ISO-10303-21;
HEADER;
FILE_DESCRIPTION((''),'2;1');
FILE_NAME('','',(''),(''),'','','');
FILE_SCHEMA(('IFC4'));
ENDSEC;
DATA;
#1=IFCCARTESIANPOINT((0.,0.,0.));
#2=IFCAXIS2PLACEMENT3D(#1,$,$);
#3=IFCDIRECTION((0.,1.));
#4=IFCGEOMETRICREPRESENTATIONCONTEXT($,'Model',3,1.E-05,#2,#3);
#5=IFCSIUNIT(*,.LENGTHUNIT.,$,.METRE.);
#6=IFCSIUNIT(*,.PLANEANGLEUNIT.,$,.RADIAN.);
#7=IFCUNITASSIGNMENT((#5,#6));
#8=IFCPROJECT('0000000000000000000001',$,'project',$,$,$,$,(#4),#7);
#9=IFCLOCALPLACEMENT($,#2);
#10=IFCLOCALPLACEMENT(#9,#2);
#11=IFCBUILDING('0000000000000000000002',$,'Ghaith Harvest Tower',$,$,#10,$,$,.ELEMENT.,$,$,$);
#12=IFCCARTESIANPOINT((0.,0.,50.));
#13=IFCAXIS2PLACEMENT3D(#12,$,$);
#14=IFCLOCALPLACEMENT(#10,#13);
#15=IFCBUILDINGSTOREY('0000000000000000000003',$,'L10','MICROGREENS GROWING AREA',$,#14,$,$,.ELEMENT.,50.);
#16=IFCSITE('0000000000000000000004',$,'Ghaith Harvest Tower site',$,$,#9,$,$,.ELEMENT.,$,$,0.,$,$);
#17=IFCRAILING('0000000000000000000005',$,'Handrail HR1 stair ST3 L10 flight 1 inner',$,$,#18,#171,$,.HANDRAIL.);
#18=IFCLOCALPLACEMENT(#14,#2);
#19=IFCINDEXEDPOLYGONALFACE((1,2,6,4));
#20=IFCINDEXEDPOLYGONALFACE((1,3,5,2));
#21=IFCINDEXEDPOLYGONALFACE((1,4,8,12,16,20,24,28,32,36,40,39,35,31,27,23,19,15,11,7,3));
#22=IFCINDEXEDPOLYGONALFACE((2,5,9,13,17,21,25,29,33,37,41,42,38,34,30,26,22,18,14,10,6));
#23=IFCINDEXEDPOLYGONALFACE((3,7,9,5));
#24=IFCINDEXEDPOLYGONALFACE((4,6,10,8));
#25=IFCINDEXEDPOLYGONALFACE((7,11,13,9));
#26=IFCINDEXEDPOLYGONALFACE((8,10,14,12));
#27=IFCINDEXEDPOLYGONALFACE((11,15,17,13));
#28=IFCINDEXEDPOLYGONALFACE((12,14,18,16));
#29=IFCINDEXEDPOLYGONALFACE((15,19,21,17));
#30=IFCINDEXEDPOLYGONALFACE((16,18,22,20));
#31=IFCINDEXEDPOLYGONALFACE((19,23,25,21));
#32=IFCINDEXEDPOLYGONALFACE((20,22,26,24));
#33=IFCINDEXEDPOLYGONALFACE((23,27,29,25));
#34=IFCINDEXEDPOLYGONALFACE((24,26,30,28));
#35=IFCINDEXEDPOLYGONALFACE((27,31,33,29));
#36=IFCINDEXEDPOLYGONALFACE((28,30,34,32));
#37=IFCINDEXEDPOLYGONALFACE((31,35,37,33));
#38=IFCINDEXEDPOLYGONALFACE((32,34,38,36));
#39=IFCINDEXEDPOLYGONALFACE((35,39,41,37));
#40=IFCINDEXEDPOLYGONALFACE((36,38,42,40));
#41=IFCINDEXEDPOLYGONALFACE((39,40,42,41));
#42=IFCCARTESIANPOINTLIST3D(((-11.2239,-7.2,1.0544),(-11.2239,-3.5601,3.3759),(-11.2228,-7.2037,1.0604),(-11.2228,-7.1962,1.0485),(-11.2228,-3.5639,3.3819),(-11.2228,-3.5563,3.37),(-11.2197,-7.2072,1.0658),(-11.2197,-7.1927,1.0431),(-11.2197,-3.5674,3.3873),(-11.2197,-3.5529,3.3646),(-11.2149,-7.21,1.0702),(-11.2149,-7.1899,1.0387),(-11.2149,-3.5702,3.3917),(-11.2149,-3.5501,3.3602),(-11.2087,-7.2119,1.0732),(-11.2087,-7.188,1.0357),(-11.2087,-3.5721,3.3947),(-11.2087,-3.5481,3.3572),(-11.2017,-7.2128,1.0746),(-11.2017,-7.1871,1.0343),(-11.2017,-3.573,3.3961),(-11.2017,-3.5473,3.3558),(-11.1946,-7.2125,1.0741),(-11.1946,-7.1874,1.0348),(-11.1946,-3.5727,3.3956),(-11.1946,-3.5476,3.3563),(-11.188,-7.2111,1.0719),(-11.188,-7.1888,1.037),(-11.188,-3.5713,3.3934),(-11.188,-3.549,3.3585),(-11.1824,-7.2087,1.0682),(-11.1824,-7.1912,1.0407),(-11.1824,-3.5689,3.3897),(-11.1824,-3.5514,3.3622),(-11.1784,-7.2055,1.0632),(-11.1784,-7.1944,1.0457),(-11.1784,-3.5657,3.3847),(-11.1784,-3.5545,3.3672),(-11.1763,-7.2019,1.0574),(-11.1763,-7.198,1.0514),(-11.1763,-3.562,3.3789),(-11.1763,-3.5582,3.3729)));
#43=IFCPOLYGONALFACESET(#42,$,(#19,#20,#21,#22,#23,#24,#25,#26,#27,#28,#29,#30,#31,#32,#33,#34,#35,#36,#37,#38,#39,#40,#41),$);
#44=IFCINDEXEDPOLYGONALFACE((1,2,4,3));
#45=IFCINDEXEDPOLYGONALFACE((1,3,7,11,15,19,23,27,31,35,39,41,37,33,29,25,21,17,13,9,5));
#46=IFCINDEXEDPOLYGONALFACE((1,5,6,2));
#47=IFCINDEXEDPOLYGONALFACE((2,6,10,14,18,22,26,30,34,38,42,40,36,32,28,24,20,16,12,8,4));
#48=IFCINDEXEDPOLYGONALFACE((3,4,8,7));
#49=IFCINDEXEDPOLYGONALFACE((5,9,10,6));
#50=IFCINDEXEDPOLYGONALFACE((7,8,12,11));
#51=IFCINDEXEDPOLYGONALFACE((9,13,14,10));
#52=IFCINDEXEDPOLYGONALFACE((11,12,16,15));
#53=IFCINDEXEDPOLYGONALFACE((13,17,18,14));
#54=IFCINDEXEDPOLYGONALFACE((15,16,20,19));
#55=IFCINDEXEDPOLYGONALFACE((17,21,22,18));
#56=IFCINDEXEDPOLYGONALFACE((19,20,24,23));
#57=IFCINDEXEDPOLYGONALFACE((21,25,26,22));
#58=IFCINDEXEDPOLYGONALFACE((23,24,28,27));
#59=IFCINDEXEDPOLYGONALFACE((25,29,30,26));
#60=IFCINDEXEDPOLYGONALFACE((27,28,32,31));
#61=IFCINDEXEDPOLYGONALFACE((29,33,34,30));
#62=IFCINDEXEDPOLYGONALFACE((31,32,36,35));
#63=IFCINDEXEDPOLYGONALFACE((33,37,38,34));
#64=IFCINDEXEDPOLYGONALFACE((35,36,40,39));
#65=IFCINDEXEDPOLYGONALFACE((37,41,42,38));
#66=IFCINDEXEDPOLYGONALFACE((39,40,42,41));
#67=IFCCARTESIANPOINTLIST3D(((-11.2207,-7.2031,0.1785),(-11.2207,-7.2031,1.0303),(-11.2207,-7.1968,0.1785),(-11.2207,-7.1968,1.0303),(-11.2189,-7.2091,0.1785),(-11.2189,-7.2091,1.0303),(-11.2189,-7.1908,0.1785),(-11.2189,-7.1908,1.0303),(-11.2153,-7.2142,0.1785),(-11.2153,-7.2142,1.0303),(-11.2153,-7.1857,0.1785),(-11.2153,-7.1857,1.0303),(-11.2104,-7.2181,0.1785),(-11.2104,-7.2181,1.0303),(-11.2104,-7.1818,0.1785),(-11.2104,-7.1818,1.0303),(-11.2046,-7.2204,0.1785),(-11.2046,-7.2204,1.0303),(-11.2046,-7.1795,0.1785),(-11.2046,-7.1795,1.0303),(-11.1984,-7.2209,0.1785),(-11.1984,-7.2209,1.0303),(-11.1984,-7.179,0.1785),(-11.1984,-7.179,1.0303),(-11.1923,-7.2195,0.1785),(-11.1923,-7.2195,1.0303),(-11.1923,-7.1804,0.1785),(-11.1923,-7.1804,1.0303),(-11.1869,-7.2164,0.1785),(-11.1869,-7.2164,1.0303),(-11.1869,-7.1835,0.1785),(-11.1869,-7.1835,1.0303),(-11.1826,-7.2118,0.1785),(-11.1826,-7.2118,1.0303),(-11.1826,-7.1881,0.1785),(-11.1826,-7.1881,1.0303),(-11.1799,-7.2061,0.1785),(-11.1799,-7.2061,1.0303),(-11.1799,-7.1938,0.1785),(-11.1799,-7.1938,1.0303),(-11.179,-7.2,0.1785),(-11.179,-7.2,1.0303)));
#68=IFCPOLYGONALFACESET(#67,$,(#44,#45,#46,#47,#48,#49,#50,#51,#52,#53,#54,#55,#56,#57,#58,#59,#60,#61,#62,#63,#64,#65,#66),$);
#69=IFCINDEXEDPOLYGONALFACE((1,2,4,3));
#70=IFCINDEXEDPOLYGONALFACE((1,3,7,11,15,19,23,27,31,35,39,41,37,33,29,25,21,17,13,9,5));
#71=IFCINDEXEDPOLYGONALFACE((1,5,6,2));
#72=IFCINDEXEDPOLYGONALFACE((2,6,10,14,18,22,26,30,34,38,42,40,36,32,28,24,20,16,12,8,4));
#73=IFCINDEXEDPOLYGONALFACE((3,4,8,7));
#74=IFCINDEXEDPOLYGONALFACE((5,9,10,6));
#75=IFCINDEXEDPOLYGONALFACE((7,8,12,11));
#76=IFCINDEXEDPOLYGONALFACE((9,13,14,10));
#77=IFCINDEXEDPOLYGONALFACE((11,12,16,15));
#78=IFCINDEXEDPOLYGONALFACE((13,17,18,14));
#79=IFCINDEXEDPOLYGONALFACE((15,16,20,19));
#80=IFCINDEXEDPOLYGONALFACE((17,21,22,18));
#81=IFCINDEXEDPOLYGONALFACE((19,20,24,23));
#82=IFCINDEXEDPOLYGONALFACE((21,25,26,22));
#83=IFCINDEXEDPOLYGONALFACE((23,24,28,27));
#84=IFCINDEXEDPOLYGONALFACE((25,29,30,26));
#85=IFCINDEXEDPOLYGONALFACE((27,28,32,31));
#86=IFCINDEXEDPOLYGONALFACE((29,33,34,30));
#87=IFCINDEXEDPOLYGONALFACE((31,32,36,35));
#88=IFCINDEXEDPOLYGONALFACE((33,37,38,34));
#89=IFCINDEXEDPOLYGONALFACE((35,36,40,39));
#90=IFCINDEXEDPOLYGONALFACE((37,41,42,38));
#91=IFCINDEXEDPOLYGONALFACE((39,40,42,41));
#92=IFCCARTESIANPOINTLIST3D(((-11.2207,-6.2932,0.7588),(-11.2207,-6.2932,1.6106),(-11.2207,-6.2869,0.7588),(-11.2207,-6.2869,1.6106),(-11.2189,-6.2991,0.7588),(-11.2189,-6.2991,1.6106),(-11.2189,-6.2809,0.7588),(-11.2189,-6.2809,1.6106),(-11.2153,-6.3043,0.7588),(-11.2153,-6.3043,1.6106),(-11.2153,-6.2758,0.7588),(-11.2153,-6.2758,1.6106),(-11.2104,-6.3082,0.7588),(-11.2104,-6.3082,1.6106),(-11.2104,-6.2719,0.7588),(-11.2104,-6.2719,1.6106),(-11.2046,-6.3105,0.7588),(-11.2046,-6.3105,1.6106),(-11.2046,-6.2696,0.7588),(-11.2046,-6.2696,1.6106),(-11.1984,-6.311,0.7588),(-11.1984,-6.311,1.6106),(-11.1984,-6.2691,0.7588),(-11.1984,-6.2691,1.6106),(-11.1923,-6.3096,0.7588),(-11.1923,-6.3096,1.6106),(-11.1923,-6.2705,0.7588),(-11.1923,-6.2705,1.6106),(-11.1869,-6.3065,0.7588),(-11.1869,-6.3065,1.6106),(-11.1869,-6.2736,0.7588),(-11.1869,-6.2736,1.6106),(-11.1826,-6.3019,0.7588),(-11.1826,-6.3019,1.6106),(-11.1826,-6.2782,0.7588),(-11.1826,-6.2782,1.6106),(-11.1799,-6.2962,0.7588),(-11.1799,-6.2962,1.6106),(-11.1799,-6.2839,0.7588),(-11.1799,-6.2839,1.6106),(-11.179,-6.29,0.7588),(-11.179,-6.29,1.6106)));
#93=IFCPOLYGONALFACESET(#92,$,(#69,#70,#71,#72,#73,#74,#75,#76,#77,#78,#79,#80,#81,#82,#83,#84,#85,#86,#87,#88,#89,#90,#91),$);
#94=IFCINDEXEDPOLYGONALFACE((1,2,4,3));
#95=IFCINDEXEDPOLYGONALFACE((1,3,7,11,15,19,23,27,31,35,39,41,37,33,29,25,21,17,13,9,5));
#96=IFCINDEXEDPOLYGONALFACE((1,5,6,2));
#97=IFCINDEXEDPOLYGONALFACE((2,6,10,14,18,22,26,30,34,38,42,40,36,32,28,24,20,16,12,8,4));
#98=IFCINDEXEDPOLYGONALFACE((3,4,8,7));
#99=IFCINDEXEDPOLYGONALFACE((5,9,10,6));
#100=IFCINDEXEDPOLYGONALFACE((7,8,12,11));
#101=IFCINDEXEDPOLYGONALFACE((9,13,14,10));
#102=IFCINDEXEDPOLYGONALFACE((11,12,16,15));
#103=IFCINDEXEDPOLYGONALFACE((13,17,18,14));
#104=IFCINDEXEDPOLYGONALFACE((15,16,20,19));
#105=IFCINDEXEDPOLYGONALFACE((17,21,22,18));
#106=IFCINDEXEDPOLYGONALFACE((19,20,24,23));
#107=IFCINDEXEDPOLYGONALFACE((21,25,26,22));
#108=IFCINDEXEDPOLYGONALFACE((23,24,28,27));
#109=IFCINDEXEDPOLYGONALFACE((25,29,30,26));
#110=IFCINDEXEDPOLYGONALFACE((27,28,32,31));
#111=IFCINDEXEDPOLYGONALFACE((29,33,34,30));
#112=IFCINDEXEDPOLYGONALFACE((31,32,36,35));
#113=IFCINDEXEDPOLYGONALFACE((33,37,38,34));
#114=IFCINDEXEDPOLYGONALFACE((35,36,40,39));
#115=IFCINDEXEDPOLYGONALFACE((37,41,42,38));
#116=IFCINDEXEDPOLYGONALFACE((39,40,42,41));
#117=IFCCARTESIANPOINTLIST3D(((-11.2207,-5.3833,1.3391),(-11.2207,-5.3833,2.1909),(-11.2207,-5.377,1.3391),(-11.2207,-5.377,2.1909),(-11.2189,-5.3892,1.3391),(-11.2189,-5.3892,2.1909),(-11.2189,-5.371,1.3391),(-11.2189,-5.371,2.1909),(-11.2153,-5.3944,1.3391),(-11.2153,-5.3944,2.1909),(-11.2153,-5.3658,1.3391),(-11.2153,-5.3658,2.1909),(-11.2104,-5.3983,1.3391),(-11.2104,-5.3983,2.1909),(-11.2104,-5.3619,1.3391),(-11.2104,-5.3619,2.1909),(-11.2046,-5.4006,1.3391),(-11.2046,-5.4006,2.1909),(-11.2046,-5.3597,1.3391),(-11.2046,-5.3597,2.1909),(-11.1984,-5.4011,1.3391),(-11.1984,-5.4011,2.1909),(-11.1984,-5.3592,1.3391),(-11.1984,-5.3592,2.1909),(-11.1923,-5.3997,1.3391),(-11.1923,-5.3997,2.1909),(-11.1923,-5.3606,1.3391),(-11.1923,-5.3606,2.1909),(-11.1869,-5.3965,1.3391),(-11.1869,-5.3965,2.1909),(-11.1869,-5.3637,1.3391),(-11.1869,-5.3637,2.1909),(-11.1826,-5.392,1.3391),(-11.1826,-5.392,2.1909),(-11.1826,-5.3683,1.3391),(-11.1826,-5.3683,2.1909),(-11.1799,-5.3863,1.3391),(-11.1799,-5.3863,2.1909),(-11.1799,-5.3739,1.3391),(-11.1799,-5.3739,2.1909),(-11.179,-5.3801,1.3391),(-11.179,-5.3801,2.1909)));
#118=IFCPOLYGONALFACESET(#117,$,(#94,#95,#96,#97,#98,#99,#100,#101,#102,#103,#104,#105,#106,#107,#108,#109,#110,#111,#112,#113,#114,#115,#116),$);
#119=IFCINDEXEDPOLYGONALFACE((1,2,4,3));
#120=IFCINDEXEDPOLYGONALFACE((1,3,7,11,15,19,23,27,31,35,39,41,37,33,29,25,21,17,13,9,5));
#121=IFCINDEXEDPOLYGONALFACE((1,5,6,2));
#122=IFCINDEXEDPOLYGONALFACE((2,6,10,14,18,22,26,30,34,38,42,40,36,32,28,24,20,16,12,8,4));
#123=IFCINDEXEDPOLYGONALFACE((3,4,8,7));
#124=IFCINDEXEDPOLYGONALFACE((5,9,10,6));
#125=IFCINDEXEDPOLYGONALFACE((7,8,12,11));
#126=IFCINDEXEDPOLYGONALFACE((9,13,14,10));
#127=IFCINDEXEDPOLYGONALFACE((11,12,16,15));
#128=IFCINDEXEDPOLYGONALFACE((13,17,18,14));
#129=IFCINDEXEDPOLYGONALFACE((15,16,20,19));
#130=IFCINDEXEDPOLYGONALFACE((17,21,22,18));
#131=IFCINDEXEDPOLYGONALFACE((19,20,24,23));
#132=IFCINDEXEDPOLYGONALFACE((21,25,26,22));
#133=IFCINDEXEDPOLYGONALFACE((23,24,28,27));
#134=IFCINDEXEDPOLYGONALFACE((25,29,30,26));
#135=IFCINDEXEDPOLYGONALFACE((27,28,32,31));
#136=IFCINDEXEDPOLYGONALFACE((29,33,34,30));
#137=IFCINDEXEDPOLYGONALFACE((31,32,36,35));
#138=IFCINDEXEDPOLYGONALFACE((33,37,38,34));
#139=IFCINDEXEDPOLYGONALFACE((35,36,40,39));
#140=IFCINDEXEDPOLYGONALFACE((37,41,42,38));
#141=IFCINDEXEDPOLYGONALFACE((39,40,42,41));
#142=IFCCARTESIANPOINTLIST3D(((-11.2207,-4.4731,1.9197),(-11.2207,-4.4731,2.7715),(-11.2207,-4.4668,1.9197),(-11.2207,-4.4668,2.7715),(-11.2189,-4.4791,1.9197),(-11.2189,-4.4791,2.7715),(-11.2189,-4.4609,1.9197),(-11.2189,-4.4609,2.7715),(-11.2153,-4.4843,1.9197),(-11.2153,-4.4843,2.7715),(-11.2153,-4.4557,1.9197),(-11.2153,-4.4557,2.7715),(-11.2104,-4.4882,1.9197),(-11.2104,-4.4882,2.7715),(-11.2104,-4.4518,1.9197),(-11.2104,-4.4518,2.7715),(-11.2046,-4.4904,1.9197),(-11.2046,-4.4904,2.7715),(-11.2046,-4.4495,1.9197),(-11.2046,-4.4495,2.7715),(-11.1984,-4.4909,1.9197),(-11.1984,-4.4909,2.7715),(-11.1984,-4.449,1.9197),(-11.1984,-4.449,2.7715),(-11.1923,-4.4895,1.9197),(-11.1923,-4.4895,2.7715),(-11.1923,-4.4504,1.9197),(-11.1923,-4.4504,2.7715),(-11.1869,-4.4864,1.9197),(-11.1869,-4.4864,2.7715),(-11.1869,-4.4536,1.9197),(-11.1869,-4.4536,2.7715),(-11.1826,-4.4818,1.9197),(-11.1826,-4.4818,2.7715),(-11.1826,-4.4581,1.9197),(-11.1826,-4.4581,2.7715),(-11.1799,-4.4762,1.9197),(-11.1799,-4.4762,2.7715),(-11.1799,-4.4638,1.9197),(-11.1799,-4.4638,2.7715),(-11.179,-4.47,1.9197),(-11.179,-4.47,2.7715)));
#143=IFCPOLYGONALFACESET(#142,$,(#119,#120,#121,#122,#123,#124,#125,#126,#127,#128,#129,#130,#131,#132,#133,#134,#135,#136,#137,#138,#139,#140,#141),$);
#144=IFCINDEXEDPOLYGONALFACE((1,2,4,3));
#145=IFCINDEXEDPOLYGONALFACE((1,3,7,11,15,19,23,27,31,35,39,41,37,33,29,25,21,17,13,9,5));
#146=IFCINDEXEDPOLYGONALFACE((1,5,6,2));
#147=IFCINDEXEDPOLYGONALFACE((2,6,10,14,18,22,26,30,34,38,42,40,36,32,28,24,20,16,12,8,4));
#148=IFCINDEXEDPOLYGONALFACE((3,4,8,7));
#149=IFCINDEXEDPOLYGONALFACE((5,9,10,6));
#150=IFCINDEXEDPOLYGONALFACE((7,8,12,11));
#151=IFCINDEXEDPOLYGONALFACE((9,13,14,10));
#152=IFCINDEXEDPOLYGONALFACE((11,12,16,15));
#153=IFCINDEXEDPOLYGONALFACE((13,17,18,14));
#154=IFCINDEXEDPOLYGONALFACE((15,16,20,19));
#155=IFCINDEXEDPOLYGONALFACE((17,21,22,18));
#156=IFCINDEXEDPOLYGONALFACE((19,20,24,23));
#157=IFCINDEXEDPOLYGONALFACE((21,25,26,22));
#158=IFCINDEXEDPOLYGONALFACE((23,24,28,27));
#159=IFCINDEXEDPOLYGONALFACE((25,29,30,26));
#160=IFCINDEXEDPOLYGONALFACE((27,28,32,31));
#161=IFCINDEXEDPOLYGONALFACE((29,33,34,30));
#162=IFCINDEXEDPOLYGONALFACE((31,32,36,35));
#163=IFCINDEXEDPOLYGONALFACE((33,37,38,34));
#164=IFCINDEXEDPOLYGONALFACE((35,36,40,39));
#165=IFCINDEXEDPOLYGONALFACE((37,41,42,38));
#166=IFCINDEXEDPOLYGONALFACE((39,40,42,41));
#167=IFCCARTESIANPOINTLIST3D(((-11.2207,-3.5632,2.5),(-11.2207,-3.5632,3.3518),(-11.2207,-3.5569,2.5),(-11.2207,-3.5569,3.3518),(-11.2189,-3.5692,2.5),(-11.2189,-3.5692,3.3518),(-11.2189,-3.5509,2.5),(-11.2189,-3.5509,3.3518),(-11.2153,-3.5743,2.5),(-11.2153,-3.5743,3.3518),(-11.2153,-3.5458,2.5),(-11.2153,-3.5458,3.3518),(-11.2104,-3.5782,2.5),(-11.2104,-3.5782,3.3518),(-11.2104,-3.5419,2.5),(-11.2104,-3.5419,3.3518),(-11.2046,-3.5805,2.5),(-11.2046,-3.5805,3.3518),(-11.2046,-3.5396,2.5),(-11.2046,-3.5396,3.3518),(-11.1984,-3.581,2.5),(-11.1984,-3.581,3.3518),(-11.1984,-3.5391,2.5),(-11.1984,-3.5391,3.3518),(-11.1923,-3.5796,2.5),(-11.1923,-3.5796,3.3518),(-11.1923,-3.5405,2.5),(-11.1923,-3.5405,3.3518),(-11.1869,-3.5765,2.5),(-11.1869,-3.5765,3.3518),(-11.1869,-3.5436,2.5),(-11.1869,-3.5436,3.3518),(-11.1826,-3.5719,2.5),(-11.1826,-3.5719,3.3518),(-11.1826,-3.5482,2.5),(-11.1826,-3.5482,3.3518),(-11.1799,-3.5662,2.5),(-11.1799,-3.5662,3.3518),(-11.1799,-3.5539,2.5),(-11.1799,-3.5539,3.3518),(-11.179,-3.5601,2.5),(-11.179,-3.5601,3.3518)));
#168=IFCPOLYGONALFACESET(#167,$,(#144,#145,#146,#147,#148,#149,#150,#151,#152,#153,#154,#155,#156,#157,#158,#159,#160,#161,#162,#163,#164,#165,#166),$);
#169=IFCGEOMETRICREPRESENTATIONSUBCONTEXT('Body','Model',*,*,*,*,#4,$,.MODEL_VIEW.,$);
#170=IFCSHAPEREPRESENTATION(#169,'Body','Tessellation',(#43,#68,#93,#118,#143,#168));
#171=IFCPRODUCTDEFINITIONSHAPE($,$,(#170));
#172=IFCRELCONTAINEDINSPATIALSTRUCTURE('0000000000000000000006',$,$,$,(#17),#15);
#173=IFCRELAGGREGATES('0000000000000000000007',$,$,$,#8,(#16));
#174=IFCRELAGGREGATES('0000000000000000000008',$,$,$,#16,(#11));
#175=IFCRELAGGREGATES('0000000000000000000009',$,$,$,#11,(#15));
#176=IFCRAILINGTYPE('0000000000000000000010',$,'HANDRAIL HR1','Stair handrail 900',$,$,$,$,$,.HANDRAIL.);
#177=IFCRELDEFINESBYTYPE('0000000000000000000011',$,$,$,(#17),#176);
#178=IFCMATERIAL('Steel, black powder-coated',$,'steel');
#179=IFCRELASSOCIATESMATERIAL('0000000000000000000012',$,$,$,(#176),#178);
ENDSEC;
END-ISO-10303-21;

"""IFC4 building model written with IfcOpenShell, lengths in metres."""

from ifc_helpers import new_model, si_unit, direction, frame, origin, origin_2d, place, context, subcontext, project, spatial, circle, extrude, material, type_object, element, save


model = new_model("IFC4")

# Units and contexts
model_context = context("Model", 3, precision=1e-05, world=origin(), true_north=direction((0.0, 1.0)))
body_context = subcontext(model_context, "Body", "Model", "MODEL_VIEW")
ifc_project = project(units=[si_unit("LENGTHUNIT", "METRE"), si_unit("PLANEANGLEUNIT", "RADIAN")], contexts=[model_context])

# Site, building, storey
site_placement = place(None, origin())
site = spatial("IfcSite", under=ifc_project, at=site_placement, Name="Ghaith Harvest Tower site", CompositionType="ELEMENT", RefElevation=0.0)
building_placement = place(site_placement, origin())
building = spatial("IfcBuilding", under=site, at=building_placement, Name="Ghaith Harvest Tower", CompositionType="ELEMENT")
storey_placement = place(building_placement, frame((0.0, 0.0, 50.0)))
storey = spatial("IfcBuildingStorey", under=building, at=storey_placement, Name="L10", Description="MICROGREENS GROWING AREA", CompositionType="ELEMENT", Elevation=50.0)

# Railing
ifc_material_1 = material(Name="Steel, black powder-coated", Category="steel")
railing_type = type_object("IfcRailingType", Name="HANDRAIL HR1", Description="Stair handrail 900", PredefinedType="HANDRAIL", material=ifc_material_1)
railing_1_placement = place(storey_placement, frame((-11.2, -7.2, 0.1785)))
element("IfcRailing", 1, at=railing_1_placement, inside=storey, type_object=railing_type, Name="Handrail HR1 stair ST3 L10 flight 1 inner", PredefinedType="HANDRAIL", context=body_context, shape_type="SweptSolid", body=[
    extrude(circle(Radius=0.0239, at=origin_2d()), frame((0.0, 0.0, 0.876), z_axis=(0.0, 0.843112, 0.537739), x_axis=(-1.0, 0.0, 0.0)), (0.0, 0.0, 1.0), 4.3171),
    extrude(circle(Radius=0.021, at=origin_2d()), origin(), (0.0, 0.0, 1.0), 0.8518),
    extrude(circle(Radius=0.021, at=origin_2d()), frame((0.0, 0.9099, 0.5803)), (0.0, 0.0, 1.0), 0.8518),
    extrude(circle(Radius=0.021, at=origin_2d()), frame((0.0, 1.8198, 1.1606)), (0.0, 0.0, 1.0), 0.8518),
    extrude(circle(Radius=0.021, at=origin_2d()), frame((0.0, 2.73, 1.7412)), (0.0, 0.0, 1.0), 0.8518),
    extrude(circle(Radius=0.021, at=origin_2d()), frame((0.0, 3.6399, 2.3215)), (0.0, 0.0, 1.0), 0.8518),
])

save(model, "model.ifc")
